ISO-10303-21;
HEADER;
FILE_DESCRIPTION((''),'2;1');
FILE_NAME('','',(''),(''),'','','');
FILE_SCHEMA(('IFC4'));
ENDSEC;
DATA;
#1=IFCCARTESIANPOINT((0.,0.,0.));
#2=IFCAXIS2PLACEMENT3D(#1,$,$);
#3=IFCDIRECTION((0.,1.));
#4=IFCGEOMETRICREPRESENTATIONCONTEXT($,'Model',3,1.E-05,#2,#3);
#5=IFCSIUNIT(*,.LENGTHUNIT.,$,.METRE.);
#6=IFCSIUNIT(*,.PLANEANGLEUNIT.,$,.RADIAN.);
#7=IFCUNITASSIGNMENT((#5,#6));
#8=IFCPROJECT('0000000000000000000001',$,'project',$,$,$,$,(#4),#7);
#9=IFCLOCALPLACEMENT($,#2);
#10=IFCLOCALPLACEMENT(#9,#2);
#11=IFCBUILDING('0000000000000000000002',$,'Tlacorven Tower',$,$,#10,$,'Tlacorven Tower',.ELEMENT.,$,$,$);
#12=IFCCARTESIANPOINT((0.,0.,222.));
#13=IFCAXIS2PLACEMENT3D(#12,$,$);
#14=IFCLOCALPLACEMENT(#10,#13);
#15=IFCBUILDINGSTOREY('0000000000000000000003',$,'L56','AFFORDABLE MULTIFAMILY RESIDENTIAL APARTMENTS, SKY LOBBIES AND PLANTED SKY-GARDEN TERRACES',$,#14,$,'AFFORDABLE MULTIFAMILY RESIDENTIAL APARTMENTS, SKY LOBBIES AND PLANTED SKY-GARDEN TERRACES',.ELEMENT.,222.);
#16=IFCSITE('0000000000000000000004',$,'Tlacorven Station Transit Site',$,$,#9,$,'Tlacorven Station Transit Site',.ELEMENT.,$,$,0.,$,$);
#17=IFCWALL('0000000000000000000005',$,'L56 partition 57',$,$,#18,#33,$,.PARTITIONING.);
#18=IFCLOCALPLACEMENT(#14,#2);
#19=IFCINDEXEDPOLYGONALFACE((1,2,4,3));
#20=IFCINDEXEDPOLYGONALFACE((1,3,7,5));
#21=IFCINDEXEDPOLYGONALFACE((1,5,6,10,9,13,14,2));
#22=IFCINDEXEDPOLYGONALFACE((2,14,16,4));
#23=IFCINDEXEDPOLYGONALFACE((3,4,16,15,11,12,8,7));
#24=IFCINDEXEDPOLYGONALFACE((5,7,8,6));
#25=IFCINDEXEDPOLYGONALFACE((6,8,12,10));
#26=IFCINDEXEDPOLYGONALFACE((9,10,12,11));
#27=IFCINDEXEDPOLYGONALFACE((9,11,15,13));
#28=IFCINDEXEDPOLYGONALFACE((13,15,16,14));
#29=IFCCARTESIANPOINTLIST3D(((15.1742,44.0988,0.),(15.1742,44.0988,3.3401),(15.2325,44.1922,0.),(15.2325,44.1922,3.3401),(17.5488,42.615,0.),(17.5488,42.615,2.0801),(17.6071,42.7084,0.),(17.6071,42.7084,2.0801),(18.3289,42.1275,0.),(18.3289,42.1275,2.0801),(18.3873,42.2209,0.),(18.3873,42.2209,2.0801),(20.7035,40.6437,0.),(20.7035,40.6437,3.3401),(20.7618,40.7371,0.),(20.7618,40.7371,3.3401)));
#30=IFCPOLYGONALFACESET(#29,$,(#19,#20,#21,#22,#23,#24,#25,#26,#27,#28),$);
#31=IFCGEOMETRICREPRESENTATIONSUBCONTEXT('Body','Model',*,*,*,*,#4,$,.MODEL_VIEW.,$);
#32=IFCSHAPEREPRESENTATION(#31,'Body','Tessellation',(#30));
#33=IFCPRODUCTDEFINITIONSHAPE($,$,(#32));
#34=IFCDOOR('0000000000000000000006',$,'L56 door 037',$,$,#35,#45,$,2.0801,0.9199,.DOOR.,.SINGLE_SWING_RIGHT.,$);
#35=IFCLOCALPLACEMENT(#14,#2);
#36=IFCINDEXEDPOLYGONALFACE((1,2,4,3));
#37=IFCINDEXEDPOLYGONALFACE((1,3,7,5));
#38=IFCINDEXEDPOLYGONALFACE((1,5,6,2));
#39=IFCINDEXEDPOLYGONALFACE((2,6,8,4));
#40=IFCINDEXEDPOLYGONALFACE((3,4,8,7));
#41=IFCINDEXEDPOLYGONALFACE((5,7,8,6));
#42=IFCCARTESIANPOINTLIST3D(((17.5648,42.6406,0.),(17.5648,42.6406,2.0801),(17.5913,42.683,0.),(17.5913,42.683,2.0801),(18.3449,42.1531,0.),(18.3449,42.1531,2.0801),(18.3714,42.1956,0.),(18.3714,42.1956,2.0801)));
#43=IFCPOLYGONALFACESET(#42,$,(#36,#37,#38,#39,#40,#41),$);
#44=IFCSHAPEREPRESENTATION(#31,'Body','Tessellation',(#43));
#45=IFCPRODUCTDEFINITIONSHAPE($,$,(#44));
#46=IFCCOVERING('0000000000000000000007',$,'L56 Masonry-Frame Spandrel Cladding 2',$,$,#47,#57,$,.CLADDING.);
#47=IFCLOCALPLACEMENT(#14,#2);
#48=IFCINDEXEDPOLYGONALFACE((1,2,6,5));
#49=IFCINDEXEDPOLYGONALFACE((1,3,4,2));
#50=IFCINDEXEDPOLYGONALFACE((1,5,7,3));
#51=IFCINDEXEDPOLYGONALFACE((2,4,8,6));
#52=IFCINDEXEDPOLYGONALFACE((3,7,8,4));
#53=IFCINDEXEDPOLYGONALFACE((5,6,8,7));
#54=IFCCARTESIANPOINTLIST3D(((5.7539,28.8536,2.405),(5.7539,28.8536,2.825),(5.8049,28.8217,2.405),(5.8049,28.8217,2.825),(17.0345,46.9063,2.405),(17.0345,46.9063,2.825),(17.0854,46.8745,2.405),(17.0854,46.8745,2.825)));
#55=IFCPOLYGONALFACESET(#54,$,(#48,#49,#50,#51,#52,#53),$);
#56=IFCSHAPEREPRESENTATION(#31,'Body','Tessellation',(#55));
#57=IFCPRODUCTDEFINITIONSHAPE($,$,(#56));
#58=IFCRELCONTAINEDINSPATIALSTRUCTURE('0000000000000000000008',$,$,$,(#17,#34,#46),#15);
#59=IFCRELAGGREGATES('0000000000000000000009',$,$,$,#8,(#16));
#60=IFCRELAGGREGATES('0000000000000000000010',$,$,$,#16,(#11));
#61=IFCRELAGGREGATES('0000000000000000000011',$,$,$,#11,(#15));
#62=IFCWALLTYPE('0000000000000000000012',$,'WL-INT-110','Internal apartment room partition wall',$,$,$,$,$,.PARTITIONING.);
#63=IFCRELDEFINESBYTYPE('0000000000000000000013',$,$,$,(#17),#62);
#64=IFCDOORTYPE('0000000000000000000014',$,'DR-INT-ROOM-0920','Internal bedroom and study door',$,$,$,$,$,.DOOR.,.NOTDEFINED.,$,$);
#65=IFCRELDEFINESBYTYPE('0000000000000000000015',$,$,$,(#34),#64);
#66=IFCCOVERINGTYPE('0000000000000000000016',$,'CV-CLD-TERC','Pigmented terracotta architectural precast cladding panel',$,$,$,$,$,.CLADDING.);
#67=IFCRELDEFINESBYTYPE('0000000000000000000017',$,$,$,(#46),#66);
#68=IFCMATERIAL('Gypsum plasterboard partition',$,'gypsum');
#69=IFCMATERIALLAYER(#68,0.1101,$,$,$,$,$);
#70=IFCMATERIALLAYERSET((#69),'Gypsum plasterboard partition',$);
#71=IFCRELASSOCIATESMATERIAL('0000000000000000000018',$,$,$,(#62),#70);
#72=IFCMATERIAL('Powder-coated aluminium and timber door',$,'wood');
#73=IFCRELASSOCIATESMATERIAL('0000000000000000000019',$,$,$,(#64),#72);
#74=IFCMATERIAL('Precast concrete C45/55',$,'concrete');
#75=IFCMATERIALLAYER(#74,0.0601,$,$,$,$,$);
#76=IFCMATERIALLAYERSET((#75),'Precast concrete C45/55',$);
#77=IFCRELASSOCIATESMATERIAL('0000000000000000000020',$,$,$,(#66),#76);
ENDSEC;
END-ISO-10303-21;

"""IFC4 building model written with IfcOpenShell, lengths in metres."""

from ifc_helpers import new_model, si_unit, direction, frame, frame_2d, origin, origin_2d, place, context, subcontext, project, spatial, rectangle, extrude, source, transform, mapped, material, layer, layer_set, type_object, element, fill, save


model = new_model("IFC4")

# Units and contexts
model_context = context("Model", 3, precision=1e-05, world=origin(), true_north=direction((0.0, 1.0)))
body_context = subcontext(model_context, "Body", "Model", "MODEL_VIEW")
ifc_project = project(units=[si_unit("LENGTHUNIT", "METRE"), si_unit("PLANEANGLEUNIT", "RADIAN")], contexts=[model_context])

# Site, building, storey
site_placement = place(None, origin())
site = spatial("IfcSite", under=ifc_project, at=site_placement, Name="Tlacorven Station Transit Site", LongName="Tlacorven Station Transit Site", CompositionType="ELEMENT", RefElevation=0.0)
building_placement = place(site_placement, origin())
building = spatial("IfcBuilding", under=site, at=building_placement, Name="Tlacorven Tower", LongName="Tlacorven Tower", CompositionType="ELEMENT")
storey_placement = place(building_placement, frame((0.0, 0.0, 222.0)))
storey = spatial("IfcBuildingStorey", under=building, at=storey_placement, Name="L56", Description="AFFORDABLE MULTIFAMILY RESIDENTIAL APARTMENTS, SKY LOBBIES AND PLANTED SKY-GARDEN TERRACES", LongName="AFFORDABLE MULTIFAMILY RESIDENTIAL APARTMENTS, SKY LOBBIES AND PLANTED SKY-GARDEN TERRACES", CompositionType="ELEMENT", Elevation=222.0)

# Wall, opening, door
ifc_material_1 = material(Name="Gypsum plasterboard partition", Category="gypsum")
ifc_layer_1 = layer(ifc_material_1, 0.1101)
ifc_layer_set_1 = layer_set([ifc_layer_1], Name="Gypsum plasterboard partition")
wall_type_1 = type_object("IfcWallType", Name="WL-INT-110", Description="Internal apartment room partition wall", PredefinedType="PARTITIONING", material=ifc_layer_set_1)
wall_1_placement = place(storey_placement, frame((20.7327, 40.6904, 0.0), z_axis=(0.0, 0.0, 1.0), x_axis=(-0.848049, 0.529918, 0.0)))
wall_1 = element("IfcWall", 1, at=wall_1_placement, inside=storey, type_object=wall_type_1, Name="L56 partition 57", PredefinedType="PARTITIONING", context=body_context, shape_type="SweptSolid", body=[
    extrude(rectangle(XDim=6.52, YDim=0.1101, at=frame_2d((3.26, 0.0))), origin(), (0.0, 0.0, 1.0), 3.3401),
])
opening_placement = place(wall_1_placement, frame((2.8, 0.0, 0.0)))
opening = element("IfcOpeningElement", 2, at=opening_placement, cuts=wall_1, PredefinedType="OPENING", context=body_context, shape_type="SweptSolid", body=[
    extrude(rectangle(XDim=0.9199, YDim=2.0801, at=frame_2d((0.46, 1.04))), frame((0.0, 0.0649, 0.0), z_axis=(0.0, -1.0, 0.0), x_axis=(1.0, 0.0, 0.0)), (0.0, 0.0, 1.0), 0.1301),
])
ifc_material_2 = material(Name="Powder-coated aluminium and timber door", Category="wood")
door_type = type_object("IfcDoorType", Name="DR-INT-ROOM-0920", Description="Internal bedroom and study door", OperationType="NOTDEFINED", PredefinedType="DOOR", material=ifc_material_2)
shared_shape_1 = source(origin(), body_context, "Body", "SweptSolid", [
    extrude(rectangle(XDim=0.9199, YDim=2.0801, at=frame_2d((0.46, 1.04))), frame((0.0, 0.0249, 0.0), z_axis=(0.0, -1.0, 0.0), x_axis=(1.0, 0.0, 0.0)), (0.0, 0.0, 1.0), 0.05),
])
door_placement = place(opening_placement, origin())
door = element("IfcDoor", 3, at=door_placement, inside=storey, type_object=door_type, Name="L56 door 037", OperationType="SINGLE_SWING_RIGHT", OverallHeight=2.0801, OverallWidth=0.9199, PredefinedType="DOOR", context=body_context, shape_type="MappedRepresentation", body=[
    mapped(shared_shape_1, transform((0.0, 0.0, 0.0), scale=1.0)),
])
fill(opening, door)

# Covering
ifc_material_3 = material(Name="Precast concrete C45/55", Category="concrete")
ifc_layer_2 = layer(ifc_material_3, 0.0601)
ifc_layer_set_2 = layer_set([ifc_layer_2], Name="Precast concrete C45/55")
covering_type = type_object("IfcCoveringType", Name="CV-CLD-TERC", Description="Pigmented terracotta architectural precast cladding panel", PredefinedType="CLADDING", material=ifc_layer_set_2)
shared_shape_2 = source(origin(), body_context, "Body", "SweptSolid", [
    extrude(rectangle(XDim=21.2874, YDim=0.0601, at=origin_2d()), origin(), (0.0, 0.0, 1.0), 0.4199),
])
covering_placement = place(storey_placement, frame((11.4197, 37.864, 2.405), z_axis=(0.0, 0.0, 1.0), x_axis=(0.529919, 0.848048, 0.0)))
element("IfcCovering", 4, at=covering_placement, inside=storey, type_object=covering_type, Name="L56 Masonry-Frame Spandrel Cladding 2", PredefinedType="CLADDING", context=body_context, shape_type="MappedRepresentation", body=[
    mapped(shared_shape_2, transform((0.0, 0.0, 0.0), scale=1.0)),
])

save(model, "model.ifc")
